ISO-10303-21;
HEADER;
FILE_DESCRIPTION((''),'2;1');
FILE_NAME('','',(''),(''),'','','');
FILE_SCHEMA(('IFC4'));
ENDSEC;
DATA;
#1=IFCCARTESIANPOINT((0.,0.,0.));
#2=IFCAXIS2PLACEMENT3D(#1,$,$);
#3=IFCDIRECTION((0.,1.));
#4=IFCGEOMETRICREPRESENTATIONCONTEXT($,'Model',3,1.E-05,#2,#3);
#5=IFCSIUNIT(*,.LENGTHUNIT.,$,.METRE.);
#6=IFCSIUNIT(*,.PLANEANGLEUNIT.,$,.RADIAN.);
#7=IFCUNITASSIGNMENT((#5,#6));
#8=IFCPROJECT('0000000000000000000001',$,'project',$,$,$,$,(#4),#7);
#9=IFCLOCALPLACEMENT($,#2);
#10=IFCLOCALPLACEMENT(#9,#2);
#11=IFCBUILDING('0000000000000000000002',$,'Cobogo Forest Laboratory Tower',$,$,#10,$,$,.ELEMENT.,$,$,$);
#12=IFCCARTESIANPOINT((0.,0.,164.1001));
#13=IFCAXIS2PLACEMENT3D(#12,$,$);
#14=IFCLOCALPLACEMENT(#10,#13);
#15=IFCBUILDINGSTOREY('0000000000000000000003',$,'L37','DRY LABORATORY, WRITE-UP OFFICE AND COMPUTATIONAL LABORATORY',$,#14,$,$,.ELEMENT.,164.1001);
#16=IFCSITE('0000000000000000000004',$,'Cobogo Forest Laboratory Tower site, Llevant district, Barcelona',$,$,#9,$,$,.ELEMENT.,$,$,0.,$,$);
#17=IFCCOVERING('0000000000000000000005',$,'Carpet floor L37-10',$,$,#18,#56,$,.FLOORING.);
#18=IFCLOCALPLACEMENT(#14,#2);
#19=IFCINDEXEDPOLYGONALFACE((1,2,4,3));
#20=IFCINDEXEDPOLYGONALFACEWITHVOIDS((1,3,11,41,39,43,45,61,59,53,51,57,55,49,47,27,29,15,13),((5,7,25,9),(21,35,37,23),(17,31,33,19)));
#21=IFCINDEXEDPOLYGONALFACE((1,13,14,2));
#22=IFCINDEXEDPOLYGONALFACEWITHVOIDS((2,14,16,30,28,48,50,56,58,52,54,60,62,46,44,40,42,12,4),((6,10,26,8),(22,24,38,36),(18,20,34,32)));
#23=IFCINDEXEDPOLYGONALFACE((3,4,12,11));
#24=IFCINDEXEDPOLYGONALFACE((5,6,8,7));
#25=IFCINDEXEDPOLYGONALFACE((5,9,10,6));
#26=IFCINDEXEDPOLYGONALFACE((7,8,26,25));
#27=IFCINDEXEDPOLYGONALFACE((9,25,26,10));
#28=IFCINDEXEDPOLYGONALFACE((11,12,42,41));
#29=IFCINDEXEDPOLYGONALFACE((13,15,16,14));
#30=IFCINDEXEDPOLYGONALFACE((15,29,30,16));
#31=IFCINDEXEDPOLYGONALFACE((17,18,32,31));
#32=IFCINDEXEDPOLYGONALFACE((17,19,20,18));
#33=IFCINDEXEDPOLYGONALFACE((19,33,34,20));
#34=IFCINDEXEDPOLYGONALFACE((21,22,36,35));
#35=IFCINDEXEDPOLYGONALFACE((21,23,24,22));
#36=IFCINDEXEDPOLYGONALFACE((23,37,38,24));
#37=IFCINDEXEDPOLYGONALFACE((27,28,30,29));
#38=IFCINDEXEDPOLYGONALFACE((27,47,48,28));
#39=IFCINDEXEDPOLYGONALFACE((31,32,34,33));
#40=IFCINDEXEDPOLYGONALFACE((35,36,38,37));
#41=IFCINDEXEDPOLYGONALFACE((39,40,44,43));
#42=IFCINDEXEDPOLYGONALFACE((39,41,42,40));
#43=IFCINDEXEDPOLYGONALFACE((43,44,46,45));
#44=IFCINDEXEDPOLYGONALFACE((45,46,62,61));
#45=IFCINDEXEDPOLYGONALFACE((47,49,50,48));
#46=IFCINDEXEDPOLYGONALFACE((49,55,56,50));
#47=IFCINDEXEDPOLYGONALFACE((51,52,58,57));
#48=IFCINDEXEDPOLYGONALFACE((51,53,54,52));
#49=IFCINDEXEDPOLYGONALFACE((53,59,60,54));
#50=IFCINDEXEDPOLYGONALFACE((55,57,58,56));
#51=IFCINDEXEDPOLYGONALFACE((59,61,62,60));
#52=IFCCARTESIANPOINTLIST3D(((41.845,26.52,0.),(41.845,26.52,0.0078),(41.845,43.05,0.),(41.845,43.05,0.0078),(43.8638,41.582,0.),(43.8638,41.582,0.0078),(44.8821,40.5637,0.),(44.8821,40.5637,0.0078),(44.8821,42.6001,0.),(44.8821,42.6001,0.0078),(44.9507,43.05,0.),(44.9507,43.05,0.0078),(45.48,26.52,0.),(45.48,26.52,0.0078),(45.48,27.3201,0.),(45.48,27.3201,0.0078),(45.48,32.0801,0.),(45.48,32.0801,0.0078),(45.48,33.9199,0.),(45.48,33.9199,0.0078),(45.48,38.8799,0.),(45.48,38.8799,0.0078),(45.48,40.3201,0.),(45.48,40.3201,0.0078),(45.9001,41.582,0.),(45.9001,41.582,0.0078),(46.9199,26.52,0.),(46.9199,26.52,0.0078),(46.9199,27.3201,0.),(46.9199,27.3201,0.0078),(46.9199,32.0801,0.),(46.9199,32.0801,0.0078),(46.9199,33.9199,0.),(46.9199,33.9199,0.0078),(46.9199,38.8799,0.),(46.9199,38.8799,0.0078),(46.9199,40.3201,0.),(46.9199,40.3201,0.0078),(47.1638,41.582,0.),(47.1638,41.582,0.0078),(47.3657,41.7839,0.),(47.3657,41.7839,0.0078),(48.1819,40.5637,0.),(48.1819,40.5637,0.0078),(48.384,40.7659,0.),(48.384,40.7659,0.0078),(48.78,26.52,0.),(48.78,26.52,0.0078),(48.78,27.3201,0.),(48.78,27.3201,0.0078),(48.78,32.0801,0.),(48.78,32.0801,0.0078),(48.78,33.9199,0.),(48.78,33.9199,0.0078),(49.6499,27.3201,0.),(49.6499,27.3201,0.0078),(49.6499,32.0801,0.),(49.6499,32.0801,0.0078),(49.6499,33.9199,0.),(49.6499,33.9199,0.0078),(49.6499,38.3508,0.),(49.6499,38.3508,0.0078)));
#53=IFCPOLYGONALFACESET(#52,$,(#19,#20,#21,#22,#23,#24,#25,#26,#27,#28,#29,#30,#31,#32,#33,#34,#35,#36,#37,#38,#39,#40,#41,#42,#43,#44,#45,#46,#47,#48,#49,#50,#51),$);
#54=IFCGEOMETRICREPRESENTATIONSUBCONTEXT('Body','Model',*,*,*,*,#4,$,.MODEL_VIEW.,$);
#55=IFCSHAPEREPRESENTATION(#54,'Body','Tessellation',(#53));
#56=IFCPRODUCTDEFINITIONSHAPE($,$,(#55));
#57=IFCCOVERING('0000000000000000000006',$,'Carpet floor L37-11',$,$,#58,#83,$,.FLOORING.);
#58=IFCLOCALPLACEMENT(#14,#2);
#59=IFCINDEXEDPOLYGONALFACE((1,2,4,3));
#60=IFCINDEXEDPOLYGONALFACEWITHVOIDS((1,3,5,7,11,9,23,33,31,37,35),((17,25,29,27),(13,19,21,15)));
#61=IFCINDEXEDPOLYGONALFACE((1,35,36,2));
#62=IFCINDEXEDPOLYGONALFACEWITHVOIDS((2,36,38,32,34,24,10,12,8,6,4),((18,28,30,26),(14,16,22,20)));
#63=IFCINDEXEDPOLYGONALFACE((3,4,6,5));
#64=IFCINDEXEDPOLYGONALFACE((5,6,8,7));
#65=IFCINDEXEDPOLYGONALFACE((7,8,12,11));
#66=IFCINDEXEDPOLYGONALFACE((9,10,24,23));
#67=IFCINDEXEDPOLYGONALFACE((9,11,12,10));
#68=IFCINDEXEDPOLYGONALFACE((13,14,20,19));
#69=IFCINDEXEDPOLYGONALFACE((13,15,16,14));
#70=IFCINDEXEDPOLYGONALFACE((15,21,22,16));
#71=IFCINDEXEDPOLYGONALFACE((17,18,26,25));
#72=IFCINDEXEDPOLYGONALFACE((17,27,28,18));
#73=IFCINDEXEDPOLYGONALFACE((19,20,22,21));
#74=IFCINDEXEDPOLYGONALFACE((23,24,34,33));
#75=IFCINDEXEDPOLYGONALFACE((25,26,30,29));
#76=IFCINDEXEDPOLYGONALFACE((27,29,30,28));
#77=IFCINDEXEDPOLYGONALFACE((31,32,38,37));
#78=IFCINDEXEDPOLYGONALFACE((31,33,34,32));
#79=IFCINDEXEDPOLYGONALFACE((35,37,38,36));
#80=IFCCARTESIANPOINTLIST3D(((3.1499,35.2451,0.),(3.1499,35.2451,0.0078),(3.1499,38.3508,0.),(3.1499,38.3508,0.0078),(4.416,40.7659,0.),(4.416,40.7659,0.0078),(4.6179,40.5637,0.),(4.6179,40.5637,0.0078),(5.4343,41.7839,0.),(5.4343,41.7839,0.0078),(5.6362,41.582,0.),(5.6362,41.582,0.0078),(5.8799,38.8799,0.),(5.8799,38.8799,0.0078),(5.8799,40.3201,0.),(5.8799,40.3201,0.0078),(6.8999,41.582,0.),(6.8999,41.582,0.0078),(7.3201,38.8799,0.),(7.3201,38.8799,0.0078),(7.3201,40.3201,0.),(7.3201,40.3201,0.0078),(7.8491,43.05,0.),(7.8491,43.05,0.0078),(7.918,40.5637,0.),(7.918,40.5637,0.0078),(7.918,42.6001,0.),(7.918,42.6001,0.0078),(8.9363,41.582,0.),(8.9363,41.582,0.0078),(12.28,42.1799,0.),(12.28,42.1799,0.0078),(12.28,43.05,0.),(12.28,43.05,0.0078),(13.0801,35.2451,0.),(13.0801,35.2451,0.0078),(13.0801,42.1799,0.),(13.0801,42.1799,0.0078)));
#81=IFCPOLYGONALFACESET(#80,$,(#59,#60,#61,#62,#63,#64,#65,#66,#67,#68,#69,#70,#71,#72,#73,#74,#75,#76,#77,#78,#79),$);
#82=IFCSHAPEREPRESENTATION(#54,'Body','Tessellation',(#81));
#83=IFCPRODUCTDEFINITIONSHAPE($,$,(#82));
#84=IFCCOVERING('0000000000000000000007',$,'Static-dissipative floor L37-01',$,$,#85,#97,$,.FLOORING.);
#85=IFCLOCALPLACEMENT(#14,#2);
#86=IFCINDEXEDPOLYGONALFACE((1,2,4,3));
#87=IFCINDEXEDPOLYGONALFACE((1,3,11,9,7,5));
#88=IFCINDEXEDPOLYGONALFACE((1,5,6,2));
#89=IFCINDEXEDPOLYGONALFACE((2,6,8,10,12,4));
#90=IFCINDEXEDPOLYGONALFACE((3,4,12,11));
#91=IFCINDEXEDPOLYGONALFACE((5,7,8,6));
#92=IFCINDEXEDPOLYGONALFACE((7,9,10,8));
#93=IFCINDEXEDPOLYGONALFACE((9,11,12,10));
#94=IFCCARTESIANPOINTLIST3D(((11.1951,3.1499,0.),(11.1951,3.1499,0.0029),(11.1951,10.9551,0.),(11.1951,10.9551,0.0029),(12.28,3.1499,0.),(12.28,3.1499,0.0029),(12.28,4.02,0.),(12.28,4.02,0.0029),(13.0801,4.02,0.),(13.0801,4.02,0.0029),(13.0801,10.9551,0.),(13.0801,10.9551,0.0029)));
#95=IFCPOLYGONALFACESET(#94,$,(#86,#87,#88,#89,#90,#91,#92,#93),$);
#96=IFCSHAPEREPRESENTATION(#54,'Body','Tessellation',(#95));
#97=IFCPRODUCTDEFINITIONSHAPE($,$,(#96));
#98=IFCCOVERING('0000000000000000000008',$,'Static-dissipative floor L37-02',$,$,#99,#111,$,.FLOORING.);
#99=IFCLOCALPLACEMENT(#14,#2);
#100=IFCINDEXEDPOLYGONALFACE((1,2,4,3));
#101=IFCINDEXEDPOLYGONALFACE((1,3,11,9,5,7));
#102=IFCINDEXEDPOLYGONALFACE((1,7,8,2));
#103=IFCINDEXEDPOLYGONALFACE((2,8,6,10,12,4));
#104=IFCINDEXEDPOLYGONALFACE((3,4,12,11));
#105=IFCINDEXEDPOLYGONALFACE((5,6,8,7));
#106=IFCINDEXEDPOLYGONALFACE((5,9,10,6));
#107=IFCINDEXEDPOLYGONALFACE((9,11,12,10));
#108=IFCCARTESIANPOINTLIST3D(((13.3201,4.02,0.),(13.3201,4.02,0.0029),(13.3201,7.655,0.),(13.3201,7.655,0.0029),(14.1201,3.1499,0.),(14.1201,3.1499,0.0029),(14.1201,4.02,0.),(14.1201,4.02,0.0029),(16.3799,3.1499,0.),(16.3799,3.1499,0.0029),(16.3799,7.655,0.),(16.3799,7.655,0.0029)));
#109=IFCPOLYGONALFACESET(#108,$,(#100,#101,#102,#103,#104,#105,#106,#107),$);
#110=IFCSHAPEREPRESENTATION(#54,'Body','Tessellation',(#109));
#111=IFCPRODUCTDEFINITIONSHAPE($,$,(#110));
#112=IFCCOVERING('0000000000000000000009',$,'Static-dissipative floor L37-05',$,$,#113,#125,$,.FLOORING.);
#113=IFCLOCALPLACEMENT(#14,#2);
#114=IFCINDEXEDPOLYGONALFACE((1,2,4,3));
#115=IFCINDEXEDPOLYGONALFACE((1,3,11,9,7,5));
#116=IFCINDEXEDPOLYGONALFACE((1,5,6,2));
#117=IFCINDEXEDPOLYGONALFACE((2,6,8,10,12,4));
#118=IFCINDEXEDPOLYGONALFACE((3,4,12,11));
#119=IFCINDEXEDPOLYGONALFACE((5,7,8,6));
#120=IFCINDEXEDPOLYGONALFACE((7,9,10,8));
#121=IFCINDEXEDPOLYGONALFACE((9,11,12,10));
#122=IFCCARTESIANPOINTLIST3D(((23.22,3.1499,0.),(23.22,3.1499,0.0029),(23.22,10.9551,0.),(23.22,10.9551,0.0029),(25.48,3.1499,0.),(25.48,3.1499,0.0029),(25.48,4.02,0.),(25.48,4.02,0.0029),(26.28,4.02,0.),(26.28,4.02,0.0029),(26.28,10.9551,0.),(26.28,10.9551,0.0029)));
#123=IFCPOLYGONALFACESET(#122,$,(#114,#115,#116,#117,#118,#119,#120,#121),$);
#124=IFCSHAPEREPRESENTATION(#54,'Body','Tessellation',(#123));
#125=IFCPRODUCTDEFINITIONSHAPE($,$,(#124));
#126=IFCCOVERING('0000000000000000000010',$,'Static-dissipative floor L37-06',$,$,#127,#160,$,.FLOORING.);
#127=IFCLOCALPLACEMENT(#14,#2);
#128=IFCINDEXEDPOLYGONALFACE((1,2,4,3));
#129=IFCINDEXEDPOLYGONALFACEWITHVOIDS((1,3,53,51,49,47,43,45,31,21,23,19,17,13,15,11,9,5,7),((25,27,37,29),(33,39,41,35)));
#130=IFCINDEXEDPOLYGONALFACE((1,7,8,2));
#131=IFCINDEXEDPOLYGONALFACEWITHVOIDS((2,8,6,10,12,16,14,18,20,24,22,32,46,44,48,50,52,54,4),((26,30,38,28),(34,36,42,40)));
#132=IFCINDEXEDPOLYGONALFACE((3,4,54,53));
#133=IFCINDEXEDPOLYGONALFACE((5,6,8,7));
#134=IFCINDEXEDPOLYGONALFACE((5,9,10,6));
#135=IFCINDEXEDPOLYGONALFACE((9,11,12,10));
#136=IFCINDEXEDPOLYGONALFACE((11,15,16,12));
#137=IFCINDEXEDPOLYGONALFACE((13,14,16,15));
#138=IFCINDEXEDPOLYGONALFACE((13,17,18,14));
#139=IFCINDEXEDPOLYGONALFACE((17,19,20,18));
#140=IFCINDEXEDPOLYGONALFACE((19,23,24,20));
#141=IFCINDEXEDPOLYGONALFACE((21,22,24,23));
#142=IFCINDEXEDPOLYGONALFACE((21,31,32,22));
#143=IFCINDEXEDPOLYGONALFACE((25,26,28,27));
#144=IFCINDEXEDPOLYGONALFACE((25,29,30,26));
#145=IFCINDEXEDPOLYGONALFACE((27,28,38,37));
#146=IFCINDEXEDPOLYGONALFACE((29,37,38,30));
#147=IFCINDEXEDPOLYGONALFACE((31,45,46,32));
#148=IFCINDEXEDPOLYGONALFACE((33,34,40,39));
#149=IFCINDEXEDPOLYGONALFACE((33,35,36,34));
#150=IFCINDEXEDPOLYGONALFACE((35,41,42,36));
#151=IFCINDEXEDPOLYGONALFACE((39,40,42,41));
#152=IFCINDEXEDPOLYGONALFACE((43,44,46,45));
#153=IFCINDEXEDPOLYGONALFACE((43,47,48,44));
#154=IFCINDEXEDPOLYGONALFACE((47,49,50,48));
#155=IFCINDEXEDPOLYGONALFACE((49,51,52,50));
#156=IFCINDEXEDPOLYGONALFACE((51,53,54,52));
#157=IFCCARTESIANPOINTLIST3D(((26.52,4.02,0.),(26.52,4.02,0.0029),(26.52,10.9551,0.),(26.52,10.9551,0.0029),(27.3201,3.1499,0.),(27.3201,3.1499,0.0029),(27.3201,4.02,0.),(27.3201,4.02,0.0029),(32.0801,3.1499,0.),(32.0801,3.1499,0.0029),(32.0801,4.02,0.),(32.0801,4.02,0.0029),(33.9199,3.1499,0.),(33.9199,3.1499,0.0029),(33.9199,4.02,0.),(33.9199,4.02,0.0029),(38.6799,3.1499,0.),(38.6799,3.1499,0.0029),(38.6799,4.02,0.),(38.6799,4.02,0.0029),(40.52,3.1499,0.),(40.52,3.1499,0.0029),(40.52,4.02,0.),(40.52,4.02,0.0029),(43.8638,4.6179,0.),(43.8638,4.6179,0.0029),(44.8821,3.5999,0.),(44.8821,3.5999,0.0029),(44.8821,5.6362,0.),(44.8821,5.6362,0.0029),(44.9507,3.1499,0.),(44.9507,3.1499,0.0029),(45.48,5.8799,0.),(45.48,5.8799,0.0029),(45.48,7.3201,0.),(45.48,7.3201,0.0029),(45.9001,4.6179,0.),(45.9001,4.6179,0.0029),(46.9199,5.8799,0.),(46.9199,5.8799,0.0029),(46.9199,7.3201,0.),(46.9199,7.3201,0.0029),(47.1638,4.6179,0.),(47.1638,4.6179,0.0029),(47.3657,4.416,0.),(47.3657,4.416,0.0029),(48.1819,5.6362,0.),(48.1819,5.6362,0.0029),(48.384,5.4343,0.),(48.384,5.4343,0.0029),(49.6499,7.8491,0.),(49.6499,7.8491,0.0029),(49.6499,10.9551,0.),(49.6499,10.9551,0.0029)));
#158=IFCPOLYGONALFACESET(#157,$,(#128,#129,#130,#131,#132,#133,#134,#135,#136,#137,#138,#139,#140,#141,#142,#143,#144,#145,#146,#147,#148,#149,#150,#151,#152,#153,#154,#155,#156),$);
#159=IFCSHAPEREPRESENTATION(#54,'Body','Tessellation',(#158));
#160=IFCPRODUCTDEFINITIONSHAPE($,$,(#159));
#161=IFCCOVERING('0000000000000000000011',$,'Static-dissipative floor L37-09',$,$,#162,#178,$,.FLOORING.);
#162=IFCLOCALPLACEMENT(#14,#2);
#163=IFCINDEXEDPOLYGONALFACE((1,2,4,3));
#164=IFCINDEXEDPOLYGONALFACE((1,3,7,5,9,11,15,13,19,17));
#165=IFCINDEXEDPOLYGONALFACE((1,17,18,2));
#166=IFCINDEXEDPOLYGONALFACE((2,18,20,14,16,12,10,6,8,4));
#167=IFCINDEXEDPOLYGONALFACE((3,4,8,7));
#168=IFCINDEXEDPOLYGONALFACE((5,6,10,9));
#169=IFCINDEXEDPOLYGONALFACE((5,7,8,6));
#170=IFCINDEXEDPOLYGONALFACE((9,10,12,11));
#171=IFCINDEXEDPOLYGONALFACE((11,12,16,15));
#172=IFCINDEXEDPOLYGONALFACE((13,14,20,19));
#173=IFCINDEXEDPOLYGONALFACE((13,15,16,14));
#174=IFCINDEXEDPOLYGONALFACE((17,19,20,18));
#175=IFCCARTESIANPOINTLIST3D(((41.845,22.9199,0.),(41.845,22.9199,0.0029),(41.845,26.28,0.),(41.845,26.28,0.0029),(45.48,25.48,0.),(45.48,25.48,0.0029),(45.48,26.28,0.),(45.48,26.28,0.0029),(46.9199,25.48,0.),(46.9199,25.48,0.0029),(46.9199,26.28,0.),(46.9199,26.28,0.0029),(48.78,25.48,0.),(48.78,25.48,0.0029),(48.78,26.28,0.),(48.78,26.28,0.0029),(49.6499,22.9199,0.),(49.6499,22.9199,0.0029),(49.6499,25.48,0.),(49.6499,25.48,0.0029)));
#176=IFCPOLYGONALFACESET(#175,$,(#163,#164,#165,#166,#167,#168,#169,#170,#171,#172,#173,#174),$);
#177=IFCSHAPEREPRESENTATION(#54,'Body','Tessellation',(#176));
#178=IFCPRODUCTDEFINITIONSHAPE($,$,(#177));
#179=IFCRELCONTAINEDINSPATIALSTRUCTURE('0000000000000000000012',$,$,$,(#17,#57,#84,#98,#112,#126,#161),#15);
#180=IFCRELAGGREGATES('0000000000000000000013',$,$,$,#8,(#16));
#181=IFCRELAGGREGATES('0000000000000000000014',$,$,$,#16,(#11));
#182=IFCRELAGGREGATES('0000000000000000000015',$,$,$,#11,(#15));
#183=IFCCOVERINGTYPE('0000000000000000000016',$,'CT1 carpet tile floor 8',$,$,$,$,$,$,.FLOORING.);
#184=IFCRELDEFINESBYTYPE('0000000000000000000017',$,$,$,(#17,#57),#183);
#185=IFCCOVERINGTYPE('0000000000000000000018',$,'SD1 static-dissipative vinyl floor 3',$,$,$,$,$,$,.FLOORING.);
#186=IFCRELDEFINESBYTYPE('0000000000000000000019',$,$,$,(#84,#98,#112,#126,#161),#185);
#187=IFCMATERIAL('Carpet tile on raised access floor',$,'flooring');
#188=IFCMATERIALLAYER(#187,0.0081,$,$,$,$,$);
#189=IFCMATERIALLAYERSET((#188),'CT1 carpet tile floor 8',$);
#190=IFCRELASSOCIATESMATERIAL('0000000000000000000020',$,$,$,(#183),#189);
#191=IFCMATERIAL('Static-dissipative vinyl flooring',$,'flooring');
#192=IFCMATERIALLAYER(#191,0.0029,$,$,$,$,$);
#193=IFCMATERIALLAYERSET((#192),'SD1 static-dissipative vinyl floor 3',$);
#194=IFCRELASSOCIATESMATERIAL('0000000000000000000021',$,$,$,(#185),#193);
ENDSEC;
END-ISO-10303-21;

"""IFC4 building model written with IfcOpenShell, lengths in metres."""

from ifc_helpers import new_model, si_unit, direction, frame, origin, place, context, subcontext, project, spatial, polyline, outline, extrude, material, layer, layer_set, type_object, element, save


model = new_model("IFC4")

# Units and contexts
model_context = context("Model", 3, precision=1e-05, world=origin(), true_north=direction((0.0, 1.0)))
body_context = subcontext(model_context, "Body", "Model", "MODEL_VIEW")
ifc_project = project(units=[si_unit("LENGTHUNIT", "METRE"), si_unit("PLANEANGLEUNIT", "RADIAN")], contexts=[model_context])

# Site, building, storey
site_placement = place(None, origin())
site = spatial("IfcSite", under=ifc_project, at=site_placement, Name="Cobogo Forest Laboratory Tower site, Llevant district, Barcelona", CompositionType="ELEMENT", RefElevation=0.0)
building_placement = place(site_placement, origin())
building = spatial("IfcBuilding", under=site, at=building_placement, Name="Cobogo Forest Laboratory Tower", CompositionType="ELEMENT")
storey_placement = place(building_placement, frame((0.0, 0.0, 164.1001)))
storey = spatial("IfcBuildingStorey", under=building, at=storey_placement, Name="L37", Description="DRY LABORATORY, WRITE-UP OFFICE AND COMPUTATIONAL LABORATORY", CompositionType="ELEMENT", Elevation=164.1001)

# Coverings
ifc_material_1 = material(Name="Carpet tile on raised access floor", Category="flooring")
ifc_layer_1 = layer(ifc_material_1, 0.0081)
ifc_layer_set_1 = layer_set([ifc_layer_1], Name="CT1 carpet tile floor 8")
covering_type_1 = type_object("IfcCoveringType", Name="CT1 carpet tile floor 8", PredefinedType="FLOORING", material=ifc_layer_set_1)
covering_1_placement = place(storey_placement, origin())
element("IfcCovering", 1, at=covering_1_placement, inside=storey, type_object=covering_type_1, Name="Carpet floor L37-10", PredefinedType="FLOORING", context=body_context, shape_type="SweptSolid", body=[
    extrude(outline(polyline([(41.845, 43.05), (44.9507, 43.05), (47.3657, 41.7839), (47.1638, 41.582), (48.1819, 40.5637), (48.384, 40.7659), (49.6499, 38.3508), (49.6499, 33.9199), (48.78, 33.9199), (48.78, 32.0801), (49.6499, 32.0801), (49.6499, 27.3201), (48.78, 27.3201), (48.78, 26.52), (46.9199, 26.52), (46.9199, 27.3201), (45.48, 27.3201), (45.48, 26.52), (41.845, 26.52), (41.845, 43.05)]), holes=[polyline([(45.48, 40.3201), (45.48, 38.8799), (46.9199, 38.8799), (46.9199, 40.3201), (45.48, 40.3201)]), polyline([(46.9199, 32.0801), (46.9199, 33.9199), (45.48, 33.9199), (45.48, 32.0801), (46.9199, 32.0801)]), polyline([(44.8821, 40.5637), (45.9001, 41.582), (44.8821, 42.6001), (43.8638, 41.582), (44.8821, 40.5637)])]), origin(), (0.0, 0.0, 1.0), 0.0078),
])
covering_2_placement = place(storey_placement, origin())
element("IfcCovering", 2, at=covering_2_placement, inside=storey, type_object=covering_type_1, Name="Carpet floor L37-11", PredefinedType="FLOORING", context=body_context, shape_type="SweptSolid", body=[
    extrude(outline(polyline([(3.1499, 35.2451), (3.1499, 38.3508), (4.416, 40.7659), (4.6179, 40.5637), (5.6362, 41.582), (5.4343, 41.7839), (7.8491, 43.05), (12.28, 43.05), (12.28, 42.1799), (13.0801, 42.1799), (13.0801, 35.2451), (3.1499, 35.2451)]), holes=[polyline([(7.918, 40.5637), (8.9363, 41.582), (7.918, 42.6001), (6.8999, 41.582), (7.918, 40.5637)]), polyline([(5.8799, 38.8799), (7.3201, 38.8799), (7.3201, 40.3201), (5.8799, 40.3201), (5.8799, 38.8799)])]), origin(), (0.0, 0.0, 1.0), 0.0078),
])
ifc_material_2 = material(Name="Static-dissipative vinyl flooring", Category="flooring")
ifc_layer_2 = layer(ifc_material_2, 0.0029)
ifc_layer_set_2 = layer_set([ifc_layer_2], Name="SD1 static-dissipative vinyl floor 3")
covering_type_2 = type_object("IfcCoveringType", Name="SD1 static-dissipative vinyl floor 3", PredefinedType="FLOORING", material=ifc_layer_set_2)
covering_3_placement = place(storey_placement, origin())
element("IfcCovering", 3, at=covering_3_placement, inside=storey, type_object=covering_type_2, Name="Static-dissipative floor L37-01", PredefinedType="FLOORING", context=body_context, shape_type="SweptSolid", body=[
    extrude(outline(polyline([(13.0801, 10.9551), (13.0801, 4.02), (12.28, 4.02), (12.28, 3.1499), (11.1951, 3.1499), (11.1951, 10.9551), (13.0801, 10.9551)])), origin(), (0.0, 0.0, 1.0), 0.0029),
])
covering_4_placement = place(storey_placement, origin())
element("IfcCovering", 4, at=covering_4_placement, inside=storey, type_object=covering_type_2, Name="Static-dissipative floor L37-02", PredefinedType="FLOORING", context=body_context, shape_type="SweptSolid", body=[
    extrude(outline(polyline([(16.3799, 7.655), (16.3799, 3.1499), (14.1201, 3.1499), (14.1201, 4.02), (13.3201, 4.02), (13.3201, 7.655), (16.3799, 7.655)])), origin(), (0.0, 0.0, 1.0), 0.0029),
])
covering_5_placement = place(storey_placement, origin())
element("IfcCovering", 5, at=covering_5_placement, inside=storey, type_object=covering_type_2, Name="Static-dissipative floor L37-05", PredefinedType="FLOORING", context=body_context, shape_type="SweptSolid", body=[
    extrude(outline(polyline([(26.28, 10.9551), (26.28, 4.02), (25.48, 4.02), (25.48, 3.1499), (23.22, 3.1499), (23.22, 10.9551), (26.28, 10.9551)])), origin(), (0.0, 0.0, 1.0), 0.0029),
])
covering_6_placement = place(storey_placement, origin())
element("IfcCovering", 6, at=covering_6_placement, inside=storey, type_object=covering_type_2, Name="Static-dissipative floor L37-06", PredefinedType="FLOORING", context=body_context, shape_type="SweptSolid", body=[
    extrude(outline(polyline([(49.6499, 10.9551), (49.6499, 7.8491), (48.384, 5.4343), (48.1819, 5.6362), (47.1638, 4.6179), (47.3657, 4.416), (44.9507, 3.1499), (40.52, 3.1499), (40.52, 4.02), (38.6799, 4.02), (38.6799, 3.1499), (33.9199, 3.1499), (33.9199, 4.02), (32.0801, 4.02), (32.0801, 3.1499), (27.3201, 3.1499), (27.3201, 4.02), (26.52, 4.02), (26.52, 10.9551), (49.6499, 10.9551)]), holes=[polyline([(45.48, 5.8799), (46.9199, 5.8799), (46.9199, 7.3201), (45.48, 7.3201), (45.48, 5.8799)]), polyline([(44.8821, 3.5999), (45.9001, 4.6179), (44.8821, 5.6362), (43.8638, 4.6179), (44.8821, 3.5999)])]), origin(), (0.0, 0.0, 1.0), 0.0029),
])
covering_7_placement = place(storey_placement, origin())
element("IfcCovering", 7, at=covering_7_placement, inside=storey, type_object=covering_type_2, Name="Static-dissipative floor L37-09", PredefinedType="FLOORING", context=body_context, shape_type="SweptSolid", body=[
    extrude(outline(polyline([(41.845, 26.28), (45.48, 26.28), (45.48, 25.48), (46.9199, 25.48), (46.9199, 26.28), (48.78, 26.28), (48.78, 25.48), (49.6499, 25.48), (49.6499, 22.9199), (41.845, 22.9199), (41.845, 26.28)])), origin(), (0.0, 0.0, 1.0), 0.0029),
])

save(model, "model.ifc")
